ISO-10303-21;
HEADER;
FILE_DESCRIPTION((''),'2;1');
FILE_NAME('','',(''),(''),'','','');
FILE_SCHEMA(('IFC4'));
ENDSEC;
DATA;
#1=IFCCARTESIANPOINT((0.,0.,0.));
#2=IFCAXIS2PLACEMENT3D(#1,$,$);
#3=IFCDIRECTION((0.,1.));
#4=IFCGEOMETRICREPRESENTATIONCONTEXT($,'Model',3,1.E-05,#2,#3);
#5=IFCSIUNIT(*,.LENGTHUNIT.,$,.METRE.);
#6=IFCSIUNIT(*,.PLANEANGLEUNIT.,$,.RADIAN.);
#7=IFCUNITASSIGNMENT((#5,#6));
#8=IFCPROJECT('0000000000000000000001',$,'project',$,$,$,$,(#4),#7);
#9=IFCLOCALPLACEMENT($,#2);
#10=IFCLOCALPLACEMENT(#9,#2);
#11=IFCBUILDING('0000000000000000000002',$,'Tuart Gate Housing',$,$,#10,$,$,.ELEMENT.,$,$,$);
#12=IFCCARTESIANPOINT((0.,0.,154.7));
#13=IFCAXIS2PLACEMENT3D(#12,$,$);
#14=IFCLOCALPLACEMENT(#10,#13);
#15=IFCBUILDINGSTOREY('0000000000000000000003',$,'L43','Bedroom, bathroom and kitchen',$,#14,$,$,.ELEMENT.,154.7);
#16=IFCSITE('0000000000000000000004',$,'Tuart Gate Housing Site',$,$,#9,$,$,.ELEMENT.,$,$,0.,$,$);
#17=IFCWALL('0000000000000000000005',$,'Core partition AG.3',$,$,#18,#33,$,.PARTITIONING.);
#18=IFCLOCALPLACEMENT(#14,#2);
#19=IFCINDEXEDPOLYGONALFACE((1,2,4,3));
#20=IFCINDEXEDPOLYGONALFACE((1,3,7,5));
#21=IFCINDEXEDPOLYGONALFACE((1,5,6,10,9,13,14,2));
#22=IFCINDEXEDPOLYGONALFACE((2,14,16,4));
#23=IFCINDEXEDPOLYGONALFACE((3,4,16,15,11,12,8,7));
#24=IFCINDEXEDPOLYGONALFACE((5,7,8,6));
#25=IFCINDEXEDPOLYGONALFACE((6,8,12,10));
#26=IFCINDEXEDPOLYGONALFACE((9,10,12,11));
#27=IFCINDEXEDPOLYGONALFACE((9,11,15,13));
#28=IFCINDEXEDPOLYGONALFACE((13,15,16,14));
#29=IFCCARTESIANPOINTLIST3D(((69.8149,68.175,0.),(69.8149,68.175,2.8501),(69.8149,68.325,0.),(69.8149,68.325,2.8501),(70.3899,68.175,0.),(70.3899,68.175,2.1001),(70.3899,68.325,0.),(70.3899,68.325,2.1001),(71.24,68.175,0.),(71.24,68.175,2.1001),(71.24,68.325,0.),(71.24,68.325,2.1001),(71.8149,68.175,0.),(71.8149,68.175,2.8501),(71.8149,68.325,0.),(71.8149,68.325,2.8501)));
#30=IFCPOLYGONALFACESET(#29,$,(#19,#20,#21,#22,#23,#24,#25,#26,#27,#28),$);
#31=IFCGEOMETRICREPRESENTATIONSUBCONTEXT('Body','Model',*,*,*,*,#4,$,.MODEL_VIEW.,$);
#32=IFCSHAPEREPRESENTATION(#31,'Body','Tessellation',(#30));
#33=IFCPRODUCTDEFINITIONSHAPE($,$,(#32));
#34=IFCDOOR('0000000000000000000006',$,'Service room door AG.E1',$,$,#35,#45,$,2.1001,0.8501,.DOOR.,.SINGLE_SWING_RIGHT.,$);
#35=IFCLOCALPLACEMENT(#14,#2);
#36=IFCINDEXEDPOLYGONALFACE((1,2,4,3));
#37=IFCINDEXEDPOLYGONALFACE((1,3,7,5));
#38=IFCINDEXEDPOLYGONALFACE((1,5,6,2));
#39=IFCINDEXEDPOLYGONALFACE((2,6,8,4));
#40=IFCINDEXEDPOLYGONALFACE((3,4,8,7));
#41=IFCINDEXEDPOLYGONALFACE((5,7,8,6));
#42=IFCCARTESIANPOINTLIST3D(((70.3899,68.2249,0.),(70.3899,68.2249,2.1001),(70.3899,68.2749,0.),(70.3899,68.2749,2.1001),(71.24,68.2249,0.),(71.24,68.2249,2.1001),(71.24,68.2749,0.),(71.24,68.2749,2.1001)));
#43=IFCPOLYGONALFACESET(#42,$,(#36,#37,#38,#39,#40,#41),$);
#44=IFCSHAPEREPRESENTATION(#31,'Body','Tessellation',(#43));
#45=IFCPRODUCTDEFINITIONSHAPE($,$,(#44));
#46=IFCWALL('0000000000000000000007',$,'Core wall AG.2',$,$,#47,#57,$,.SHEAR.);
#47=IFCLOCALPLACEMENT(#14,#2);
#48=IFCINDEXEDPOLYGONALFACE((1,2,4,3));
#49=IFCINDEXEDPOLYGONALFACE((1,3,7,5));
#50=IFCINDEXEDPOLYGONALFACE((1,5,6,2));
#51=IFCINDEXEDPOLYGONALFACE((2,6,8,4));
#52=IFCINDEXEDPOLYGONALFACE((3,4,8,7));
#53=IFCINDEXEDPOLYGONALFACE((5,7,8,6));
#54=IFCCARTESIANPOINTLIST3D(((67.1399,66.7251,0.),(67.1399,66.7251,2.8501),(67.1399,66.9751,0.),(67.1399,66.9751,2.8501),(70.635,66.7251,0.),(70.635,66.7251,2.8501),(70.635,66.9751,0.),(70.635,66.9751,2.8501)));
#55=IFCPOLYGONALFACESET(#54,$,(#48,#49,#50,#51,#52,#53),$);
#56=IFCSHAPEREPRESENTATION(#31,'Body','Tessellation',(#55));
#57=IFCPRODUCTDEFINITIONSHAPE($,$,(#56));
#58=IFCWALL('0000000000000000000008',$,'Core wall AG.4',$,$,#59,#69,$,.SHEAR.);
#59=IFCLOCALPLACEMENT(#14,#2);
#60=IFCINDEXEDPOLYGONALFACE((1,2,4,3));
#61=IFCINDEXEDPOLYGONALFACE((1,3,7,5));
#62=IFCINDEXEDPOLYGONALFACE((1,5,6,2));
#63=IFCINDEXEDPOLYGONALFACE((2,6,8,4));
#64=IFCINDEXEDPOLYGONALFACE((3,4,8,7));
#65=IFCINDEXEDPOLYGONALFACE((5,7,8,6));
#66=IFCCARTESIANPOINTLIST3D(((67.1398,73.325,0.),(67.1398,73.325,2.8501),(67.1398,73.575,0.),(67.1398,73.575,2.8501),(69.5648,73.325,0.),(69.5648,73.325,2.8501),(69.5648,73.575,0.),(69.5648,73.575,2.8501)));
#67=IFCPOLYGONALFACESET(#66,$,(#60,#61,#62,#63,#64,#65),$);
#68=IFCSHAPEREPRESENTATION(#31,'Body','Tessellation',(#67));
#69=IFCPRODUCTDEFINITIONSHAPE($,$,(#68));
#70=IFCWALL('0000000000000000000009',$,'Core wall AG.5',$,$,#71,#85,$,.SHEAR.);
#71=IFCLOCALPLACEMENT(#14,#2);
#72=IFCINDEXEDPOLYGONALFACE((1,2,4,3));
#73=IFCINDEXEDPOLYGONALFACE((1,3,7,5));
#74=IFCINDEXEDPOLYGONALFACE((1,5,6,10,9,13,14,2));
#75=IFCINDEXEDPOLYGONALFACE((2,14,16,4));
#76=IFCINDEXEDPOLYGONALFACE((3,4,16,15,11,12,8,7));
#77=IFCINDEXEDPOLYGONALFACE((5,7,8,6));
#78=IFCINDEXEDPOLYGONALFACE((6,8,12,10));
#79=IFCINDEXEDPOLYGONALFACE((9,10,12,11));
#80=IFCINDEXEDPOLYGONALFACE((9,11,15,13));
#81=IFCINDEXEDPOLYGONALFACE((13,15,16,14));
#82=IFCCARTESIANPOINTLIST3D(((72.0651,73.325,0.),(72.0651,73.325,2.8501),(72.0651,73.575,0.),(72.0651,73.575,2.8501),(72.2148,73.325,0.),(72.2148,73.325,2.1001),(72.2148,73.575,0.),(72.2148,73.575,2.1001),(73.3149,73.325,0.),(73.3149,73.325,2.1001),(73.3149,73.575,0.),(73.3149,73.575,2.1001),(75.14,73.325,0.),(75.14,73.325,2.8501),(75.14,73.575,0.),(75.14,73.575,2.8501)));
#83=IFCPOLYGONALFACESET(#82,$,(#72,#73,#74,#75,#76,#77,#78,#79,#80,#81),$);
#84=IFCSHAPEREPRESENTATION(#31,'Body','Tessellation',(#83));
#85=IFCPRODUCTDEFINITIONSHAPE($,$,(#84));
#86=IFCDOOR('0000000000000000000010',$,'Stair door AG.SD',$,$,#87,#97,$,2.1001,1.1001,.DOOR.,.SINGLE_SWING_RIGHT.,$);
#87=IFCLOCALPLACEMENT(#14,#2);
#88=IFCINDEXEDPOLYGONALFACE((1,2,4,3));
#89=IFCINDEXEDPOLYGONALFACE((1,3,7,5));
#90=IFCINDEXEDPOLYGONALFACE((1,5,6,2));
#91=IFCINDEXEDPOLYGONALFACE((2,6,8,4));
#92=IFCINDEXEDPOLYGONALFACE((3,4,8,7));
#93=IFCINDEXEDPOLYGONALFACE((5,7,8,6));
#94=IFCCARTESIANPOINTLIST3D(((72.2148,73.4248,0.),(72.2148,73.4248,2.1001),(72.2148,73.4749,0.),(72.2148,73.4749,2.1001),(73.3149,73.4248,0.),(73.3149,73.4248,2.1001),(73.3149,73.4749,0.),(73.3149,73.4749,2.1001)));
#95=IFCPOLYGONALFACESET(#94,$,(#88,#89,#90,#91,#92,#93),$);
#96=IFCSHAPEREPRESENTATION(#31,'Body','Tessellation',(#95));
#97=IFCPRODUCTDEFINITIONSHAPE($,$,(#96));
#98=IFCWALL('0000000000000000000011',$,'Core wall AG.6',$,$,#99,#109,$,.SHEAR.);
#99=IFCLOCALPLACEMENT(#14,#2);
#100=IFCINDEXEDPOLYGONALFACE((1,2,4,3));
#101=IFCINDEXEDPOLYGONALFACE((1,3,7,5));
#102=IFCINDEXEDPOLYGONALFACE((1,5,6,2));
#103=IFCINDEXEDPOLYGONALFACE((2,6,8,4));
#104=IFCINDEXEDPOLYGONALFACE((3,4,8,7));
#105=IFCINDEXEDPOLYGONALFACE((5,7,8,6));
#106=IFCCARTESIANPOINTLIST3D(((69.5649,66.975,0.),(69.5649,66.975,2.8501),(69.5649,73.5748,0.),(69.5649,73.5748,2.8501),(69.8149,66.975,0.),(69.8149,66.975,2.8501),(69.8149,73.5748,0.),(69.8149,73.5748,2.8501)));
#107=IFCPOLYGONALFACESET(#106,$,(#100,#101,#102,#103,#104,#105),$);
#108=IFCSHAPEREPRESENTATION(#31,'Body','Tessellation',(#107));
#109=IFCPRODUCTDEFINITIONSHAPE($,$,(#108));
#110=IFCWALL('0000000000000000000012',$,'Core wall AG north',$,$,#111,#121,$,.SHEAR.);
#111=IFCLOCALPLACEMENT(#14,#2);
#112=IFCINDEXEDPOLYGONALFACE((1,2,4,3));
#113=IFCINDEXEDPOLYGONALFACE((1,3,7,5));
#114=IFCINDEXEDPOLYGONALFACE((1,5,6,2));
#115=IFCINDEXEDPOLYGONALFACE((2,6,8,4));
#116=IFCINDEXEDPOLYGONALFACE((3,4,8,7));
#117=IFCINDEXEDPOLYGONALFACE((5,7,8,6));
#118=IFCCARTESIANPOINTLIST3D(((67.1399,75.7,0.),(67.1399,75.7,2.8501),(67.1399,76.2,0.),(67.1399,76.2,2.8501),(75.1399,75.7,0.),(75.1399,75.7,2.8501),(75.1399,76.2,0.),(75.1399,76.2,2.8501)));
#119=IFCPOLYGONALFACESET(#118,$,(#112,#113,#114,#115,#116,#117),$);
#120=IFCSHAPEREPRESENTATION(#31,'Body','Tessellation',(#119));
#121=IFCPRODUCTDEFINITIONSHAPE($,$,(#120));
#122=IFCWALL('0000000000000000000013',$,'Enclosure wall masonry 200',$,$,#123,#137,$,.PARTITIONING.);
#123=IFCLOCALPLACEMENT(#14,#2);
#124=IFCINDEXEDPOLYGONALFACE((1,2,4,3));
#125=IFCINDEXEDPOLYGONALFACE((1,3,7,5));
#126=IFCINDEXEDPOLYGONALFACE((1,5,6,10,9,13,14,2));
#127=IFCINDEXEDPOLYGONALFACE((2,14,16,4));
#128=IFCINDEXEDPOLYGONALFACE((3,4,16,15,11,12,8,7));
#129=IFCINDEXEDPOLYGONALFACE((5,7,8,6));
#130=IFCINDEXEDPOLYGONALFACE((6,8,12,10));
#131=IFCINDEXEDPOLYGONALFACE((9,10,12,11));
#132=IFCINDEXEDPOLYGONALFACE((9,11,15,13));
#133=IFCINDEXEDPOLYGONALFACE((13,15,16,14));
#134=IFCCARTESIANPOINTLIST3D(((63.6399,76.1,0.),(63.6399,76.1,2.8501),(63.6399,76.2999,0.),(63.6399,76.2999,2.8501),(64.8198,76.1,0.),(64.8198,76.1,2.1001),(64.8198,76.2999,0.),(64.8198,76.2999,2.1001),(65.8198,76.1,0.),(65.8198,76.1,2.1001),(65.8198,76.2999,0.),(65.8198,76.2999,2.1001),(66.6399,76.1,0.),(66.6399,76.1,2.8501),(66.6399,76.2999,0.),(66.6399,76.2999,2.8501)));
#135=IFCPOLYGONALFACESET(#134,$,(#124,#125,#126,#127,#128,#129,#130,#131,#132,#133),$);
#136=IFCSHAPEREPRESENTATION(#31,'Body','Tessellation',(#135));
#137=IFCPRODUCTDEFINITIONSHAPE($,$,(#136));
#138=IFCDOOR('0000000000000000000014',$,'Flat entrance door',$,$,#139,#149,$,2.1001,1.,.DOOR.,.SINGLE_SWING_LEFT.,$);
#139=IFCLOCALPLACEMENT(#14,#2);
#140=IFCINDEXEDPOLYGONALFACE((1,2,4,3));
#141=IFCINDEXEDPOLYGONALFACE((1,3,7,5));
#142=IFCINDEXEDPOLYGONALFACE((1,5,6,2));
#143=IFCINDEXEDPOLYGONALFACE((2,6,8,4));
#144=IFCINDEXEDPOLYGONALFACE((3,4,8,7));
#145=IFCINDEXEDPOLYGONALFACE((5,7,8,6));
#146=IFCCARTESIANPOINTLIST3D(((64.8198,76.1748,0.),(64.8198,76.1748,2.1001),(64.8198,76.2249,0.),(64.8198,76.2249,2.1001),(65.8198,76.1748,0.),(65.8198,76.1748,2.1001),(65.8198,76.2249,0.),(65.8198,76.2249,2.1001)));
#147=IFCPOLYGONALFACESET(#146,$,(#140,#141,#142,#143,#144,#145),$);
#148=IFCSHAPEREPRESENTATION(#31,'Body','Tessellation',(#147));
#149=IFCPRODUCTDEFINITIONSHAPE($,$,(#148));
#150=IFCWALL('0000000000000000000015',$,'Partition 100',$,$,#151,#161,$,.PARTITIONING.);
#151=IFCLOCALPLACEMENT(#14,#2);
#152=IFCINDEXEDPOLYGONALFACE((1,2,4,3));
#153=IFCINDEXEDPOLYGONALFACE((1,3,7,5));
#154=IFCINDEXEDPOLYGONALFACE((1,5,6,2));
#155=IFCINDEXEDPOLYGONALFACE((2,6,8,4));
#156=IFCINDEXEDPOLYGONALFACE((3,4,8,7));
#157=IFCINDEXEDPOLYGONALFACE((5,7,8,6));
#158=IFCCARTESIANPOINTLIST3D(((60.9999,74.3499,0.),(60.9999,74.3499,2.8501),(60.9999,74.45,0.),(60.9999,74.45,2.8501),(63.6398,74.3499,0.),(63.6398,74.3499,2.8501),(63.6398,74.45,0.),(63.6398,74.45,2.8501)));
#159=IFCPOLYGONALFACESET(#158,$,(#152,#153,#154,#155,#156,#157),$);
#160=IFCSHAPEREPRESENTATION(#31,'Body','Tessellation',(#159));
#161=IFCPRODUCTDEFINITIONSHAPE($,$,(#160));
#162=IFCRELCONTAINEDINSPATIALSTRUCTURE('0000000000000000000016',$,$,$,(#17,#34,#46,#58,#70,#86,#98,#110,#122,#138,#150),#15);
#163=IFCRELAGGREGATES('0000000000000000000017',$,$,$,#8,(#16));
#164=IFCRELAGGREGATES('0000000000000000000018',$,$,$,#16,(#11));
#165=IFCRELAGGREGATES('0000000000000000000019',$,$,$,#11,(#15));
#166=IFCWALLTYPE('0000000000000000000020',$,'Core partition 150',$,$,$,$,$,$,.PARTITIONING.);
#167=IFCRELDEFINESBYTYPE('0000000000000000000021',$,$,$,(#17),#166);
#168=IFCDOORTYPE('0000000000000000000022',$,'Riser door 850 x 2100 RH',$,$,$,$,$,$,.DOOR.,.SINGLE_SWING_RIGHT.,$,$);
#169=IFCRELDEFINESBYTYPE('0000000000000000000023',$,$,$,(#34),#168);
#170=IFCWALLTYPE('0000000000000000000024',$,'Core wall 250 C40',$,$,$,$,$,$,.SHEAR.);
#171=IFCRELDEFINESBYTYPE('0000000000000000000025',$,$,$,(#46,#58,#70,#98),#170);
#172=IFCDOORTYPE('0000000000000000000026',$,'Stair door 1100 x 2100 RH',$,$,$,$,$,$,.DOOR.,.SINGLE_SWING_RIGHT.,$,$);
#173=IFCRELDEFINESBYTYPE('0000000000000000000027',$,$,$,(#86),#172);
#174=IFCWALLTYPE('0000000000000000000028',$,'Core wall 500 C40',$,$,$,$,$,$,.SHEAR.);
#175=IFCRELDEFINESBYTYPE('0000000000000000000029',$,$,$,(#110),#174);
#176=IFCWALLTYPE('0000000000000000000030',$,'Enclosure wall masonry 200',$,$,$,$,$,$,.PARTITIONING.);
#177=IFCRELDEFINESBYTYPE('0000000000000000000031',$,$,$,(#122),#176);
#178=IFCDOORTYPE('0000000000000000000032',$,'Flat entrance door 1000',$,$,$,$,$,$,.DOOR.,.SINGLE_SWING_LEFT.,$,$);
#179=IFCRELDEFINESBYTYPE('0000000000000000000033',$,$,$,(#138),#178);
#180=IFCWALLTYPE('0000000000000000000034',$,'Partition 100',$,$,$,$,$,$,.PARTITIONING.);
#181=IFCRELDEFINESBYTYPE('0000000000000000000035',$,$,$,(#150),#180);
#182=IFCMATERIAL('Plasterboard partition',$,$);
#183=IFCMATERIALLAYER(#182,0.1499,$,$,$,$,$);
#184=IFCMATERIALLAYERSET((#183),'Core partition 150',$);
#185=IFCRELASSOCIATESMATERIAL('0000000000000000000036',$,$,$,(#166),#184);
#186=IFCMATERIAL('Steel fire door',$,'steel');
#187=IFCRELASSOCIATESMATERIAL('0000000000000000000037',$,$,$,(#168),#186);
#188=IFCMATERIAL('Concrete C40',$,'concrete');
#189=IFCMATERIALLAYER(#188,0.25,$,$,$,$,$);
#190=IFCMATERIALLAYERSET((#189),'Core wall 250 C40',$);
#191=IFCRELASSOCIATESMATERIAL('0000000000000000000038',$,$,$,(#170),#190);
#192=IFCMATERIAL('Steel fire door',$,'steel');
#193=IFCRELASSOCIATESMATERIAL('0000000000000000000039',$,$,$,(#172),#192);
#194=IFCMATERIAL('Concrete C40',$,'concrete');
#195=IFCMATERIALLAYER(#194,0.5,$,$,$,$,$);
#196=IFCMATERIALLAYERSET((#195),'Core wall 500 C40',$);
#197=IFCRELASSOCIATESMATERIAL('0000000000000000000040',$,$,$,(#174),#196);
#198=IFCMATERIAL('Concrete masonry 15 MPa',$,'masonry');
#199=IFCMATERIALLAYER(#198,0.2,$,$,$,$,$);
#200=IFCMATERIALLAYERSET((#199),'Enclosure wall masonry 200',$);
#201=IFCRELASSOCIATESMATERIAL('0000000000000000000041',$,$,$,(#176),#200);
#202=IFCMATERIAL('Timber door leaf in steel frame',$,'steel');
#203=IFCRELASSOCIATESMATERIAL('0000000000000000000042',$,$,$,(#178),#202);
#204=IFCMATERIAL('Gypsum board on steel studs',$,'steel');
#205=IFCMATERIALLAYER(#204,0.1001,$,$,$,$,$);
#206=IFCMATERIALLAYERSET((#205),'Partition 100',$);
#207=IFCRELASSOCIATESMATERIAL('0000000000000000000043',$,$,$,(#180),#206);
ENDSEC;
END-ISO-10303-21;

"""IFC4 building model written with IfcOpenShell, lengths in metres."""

from ifc_helpers import new_model, si_unit, direction, frame, frame_2d, origin, place, context, subcontext, project, spatial, rectangle, extrude, material, layer, layer_set, type_object, element, fill, save


model = new_model("IFC4")

# Units and contexts
model_context = context("Model", 3, precision=1e-05, world=origin(), true_north=direction((0.0, 1.0)))
body_context = subcontext(model_context, "Body", "Model", "MODEL_VIEW")
ifc_project = project(units=[si_unit("LENGTHUNIT", "METRE"), si_unit("PLANEANGLEUNIT", "RADIAN")], contexts=[model_context])

# Site, building, storey
site_placement = place(None, origin())
site = spatial("IfcSite", under=ifc_project, at=site_placement, Name="Tuart Gate Housing Site", CompositionType="ELEMENT", RefElevation=0.0)
building_placement = place(site_placement, origin())
building = spatial("IfcBuilding", under=site, at=building_placement, Name="Tuart Gate Housing", CompositionType="ELEMENT")
storey_placement = place(building_placement, frame((0.0, 0.0, 154.7)))
storey = spatial("IfcBuildingStorey", under=building, at=storey_placement, Name="L43", Description="Bedroom, bathroom and kitchen", CompositionType="ELEMENT", Elevation=154.7)

# Wall, opening, door
ifc_material_1 = material(Name="Plasterboard partition")
ifc_layer_1 = layer(ifc_material_1, 0.1499)
ifc_layer_set_1 = layer_set([ifc_layer_1], Name="Core partition 150")
wall_type_1 = type_object("IfcWallType", Name="Core partition 150", PredefinedType="PARTITIONING", material=ifc_layer_set_1)
wall_1_placement = place(storey_placement, frame((69.8149, 68.25, 0.0), z_axis=(0.0, 0.0, 1.0), x_axis=(1.0, 0.0, 0.0)))
wall_1 = element("IfcWall", 1, at=wall_1_placement, inside=storey, type_object=wall_type_1, Name="Core partition AG.3", PredefinedType="PARTITIONING", context=body_context, shape_type="SweptSolid", body=[
    extrude(rectangle(XDim=2.0, YDim=0.1499, at=frame_2d((1.0, 0.0))), origin(), (0.0, 0.0, 1.0), 2.8501),
])
opening_1_placement = place(wall_1_placement, frame((0.575, 0.0, 0.0)))
opening_1 = element("IfcOpeningElement", 2, at=opening_1_placement, cuts=wall_1, PredefinedType="OPENING", context=body_context, shape_type="SweptSolid", body=[
    extrude(rectangle(XDim=0.8501, YDim=2.1001, at=frame_2d((0.425, 1.05))), frame((0.0, 0.085, 0.0), z_axis=(0.0, -1.0, 0.0), x_axis=(1.0, 0.0, 0.0)), (0.0, 0.0, 1.0), 0.1699),
])
ifc_material_2 = material(Name="Steel fire door", Category="steel")
door_type_1 = type_object("IfcDoorType", Name="Riser door 850 x 2100 RH", OperationType="SINGLE_SWING_RIGHT", PredefinedType="DOOR", material=ifc_material_2)
door_1_placement = place(opening_1_placement, frame((0.8501, 0.0, 0.0), z_axis=(0.0, 0.0, 1.0), x_axis=(-1.0, 0.0, 0.0)))
door_1 = element("IfcDoor", 3, at=door_1_placement, inside=storey, type_object=door_type_1, Name="Service room door AG.E1", OperationType="SINGLE_SWING_RIGHT", OverallHeight=2.1001, OverallWidth=0.8501, PredefinedType="DOOR", context=body_context, shape_type="SweptSolid", body=[
    extrude(rectangle(XDim=0.8501, YDim=2.1001, at=frame_2d((0.425, 1.05))), frame((0.0, 0.0251, 0.0), z_axis=(0.0, -1.0, 0.0), x_axis=(1.0, 0.0, 0.0)), (0.0, 0.0, 1.0), 0.05),
])
fill(opening_1, door_1)

# Walls
ifc_material_3 = material(Name="Concrete C40", Category="concrete")
ifc_layer_2 = layer(ifc_material_3, 0.25)
ifc_layer_set_2 = layer_set([ifc_layer_2], Name="Core wall 250 C40")
wall_type_2 = type_object("IfcWallType", Name="Core wall 250 C40", PredefinedType="SHEAR", material=ifc_layer_set_2)
wall_2_placement = place(storey_placement, frame((67.1399, 66.8501, 0.0), z_axis=(0.0, 0.0, 1.0), x_axis=(1.0, 0.0, 0.0)))
element("IfcWall", 4, at=wall_2_placement, inside=storey, type_object=wall_type_2, Name="Core wall AG.2", PredefinedType="SHEAR", context=body_context, shape_type="SweptSolid", body=[
    extrude(rectangle(XDim=3.4951, YDim=0.25, at=frame_2d((1.7476, 0.0))), origin(), (0.0, 0.0, 1.0), 2.8501),
])
wall_3_placement = place(storey_placement, frame((67.1399, 73.45, 0.0), z_axis=(0.0, 0.0, 1.0), x_axis=(1.0, 0.0, 0.0)))
element("IfcWall", 5, at=wall_3_placement, inside=storey, type_object=wall_type_2, Name="Core wall AG.4", PredefinedType="SHEAR", context=body_context, shape_type="SweptSolid", body=[
    extrude(rectangle(XDim=2.425, YDim=0.25, at=frame_2d((1.2124, 0.0))), origin(), (0.0, 0.0, 1.0), 2.8501),
])

# Wall, opening, door
wall_4_placement = place(storey_placement, frame((72.0649, 73.45, 0.0), z_axis=(0.0, 0.0, 1.0), x_axis=(1.0, 0.0, 0.0)))
wall_4 = element("IfcWall", 6, at=wall_4_placement, inside=storey, type_object=wall_type_2, Name="Core wall AG.5", PredefinedType="SHEAR", context=body_context, shape_type="SweptSolid", body=[
    extrude(rectangle(XDim=3.075, YDim=0.25, at=frame_2d((1.5376, 0.0))), origin(), (0.0, 0.0, 1.0), 2.8501),
])
opening_2_placement = place(wall_4_placement, frame((0.1499, 0.0, 0.0)))
opening_2 = element("IfcOpeningElement", 7, at=opening_2_placement, cuts=wall_4, PredefinedType="OPENING", context=body_context, shape_type="SweptSolid", body=[
    extrude(rectangle(XDim=1.1001, YDim=2.1001, at=frame_2d((0.55, 1.05))), frame((0.0, 0.135, 0.0), z_axis=(0.0, -1.0, 0.0), x_axis=(1.0, 0.0, 0.0)), (0.0, 0.0, 1.0), 0.27),
])
ifc_material_4 = material(Name="Steel fire door", Category="steel")
door_type_2 = type_object("IfcDoorType", Name="Stair door 1100 x 2100 RH", OperationType="SINGLE_SWING_RIGHT", PredefinedType="DOOR", material=ifc_material_4)
door_2_placement = place(opening_2_placement, frame((1.1001, 0.0, 0.0), z_axis=(0.0, 0.0, 1.0), x_axis=(-1.0, 0.0, 0.0)))
door_2 = element("IfcDoor", 8, at=door_2_placement, inside=storey, type_object=door_type_2, Name="Stair door AG.SD", OperationType="SINGLE_SWING_RIGHT", OverallHeight=2.1001, OverallWidth=1.1001, PredefinedType="DOOR", context=body_context, shape_type="SweptSolid", body=[
    extrude(rectangle(XDim=1.1001, YDim=2.1001, at=frame_2d((0.55, 1.05))), frame((0.0, 0.0251, 0.0), z_axis=(0.0, -1.0, 0.0), x_axis=(1.0, 0.0, 0.0)), (0.0, 0.0, 1.0), 0.05),
])
fill(opening_2, door_2)

# Walls
wall_5_placement = place(storey_placement, frame((69.6899, 66.9751, 0.0), z_axis=(0.0, 0.0, 1.0), x_axis=(0.0, 1.0, 0.0)))
element("IfcWall", 9, at=wall_5_placement, inside=storey, type_object=wall_type_2, Name="Core wall AG.6", PredefinedType="SHEAR", context=body_context, shape_type="SweptSolid", body=[
    extrude(rectangle(XDim=6.5999, YDim=0.25, at=frame_2d((3.2998, 0.0))), origin(), (0.0, 0.0, 1.0), 2.8501),
])
ifc_material_5 = material(Name="Concrete C40", Category="concrete")
ifc_layer_3 = layer(ifc_material_5, 0.5)
ifc_layer_set_3 = layer_set([ifc_layer_3], Name="Core wall 500 C40")
wall_type_3 = type_object("IfcWallType", Name="Core wall 500 C40", PredefinedType="SHEAR", material=ifc_layer_set_3)
wall_6_placement = place(storey_placement, frame((67.1399, 75.95, 0.0), z_axis=(0.0, 0.0, 1.0), x_axis=(1.0, 0.0, 0.0)))
element("IfcWall", 10, at=wall_6_placement, inside=storey, type_object=wall_type_3, Name="Core wall AG north", PredefinedType="SHEAR", context=body_context, shape_type="SweptSolid", body=[
    extrude(rectangle(XDim=8.0, YDim=0.5, at=frame_2d((4.0, 0.0))), origin(), (0.0, 0.0, 1.0), 2.8501),
])

# Wall, opening, door
ifc_material_6 = material(Name="Concrete masonry 15 MPa", Category="masonry")
ifc_layer_4 = layer(ifc_material_6, 0.2)
ifc_layer_set_4 = layer_set([ifc_layer_4], Name="Enclosure wall masonry 200")
wall_type_4 = type_object("IfcWallType", Name="Enclosure wall masonry 200", PredefinedType="PARTITIONING", material=ifc_layer_set_4)
wall_7_placement = place(storey_placement, frame((63.6399, 76.2, 0.0), z_axis=(0.0, 0.0, 1.0), x_axis=(1.0, 0.0, 0.0)))
wall_7 = element("IfcWall", 11, at=wall_7_placement, inside=storey, type_object=wall_type_4, Name="Enclosure wall masonry 200", PredefinedType="PARTITIONING", context=body_context, shape_type="SweptSolid", body=[
    extrude(rectangle(XDim=3.0, YDim=0.2, at=frame_2d((1.5, 0.0))), origin(), (0.0, 0.0, 1.0), 2.8501),
])
opening_3_placement = place(wall_7_placement, frame((1.1799, 0.0, 0.0)))
opening_3 = element("IfcOpeningElement", 12, at=opening_3_placement, cuts=wall_7, PredefinedType="OPENING", context=body_context, shape_type="SweptSolid", body=[
    extrude(rectangle(XDim=1.0, YDim=2.1001, at=frame_2d((0.5, 1.05))), frame((0.0, 0.1099, 0.0), z_axis=(0.0, -1.0, 0.0), x_axis=(1.0, 0.0, 0.0)), (0.0, 0.0, 1.0), 0.22),
])
ifc_material_7 = material(Name="Timber door leaf in steel frame", Category="steel")
door_type_3 = type_object("IfcDoorType", Name="Flat entrance door 1000", OperationType="SINGLE_SWING_LEFT", PredefinedType="DOOR", material=ifc_material_7)
door_3_placement = place(opening_3_placement, origin())
door_3 = element("IfcDoor", 13, at=door_3_placement, inside=storey, type_object=door_type_3, Name="Flat entrance door", OperationType="SINGLE_SWING_LEFT", OverallHeight=2.1001, OverallWidth=1.0, PredefinedType="DOOR", context=body_context, shape_type="SweptSolid", body=[
    extrude(rectangle(XDim=1.0, YDim=2.1001, at=frame_2d((0.5, 1.05))), frame((0.0, 0.0249, 0.0), z_axis=(0.0, -1.0, 0.0), x_axis=(1.0, 0.0, 0.0)), (0.0, 0.0, 1.0), 0.05),
])
fill(opening_3, door_3)

# Wall
ifc_material_8 = material(Name="Gypsum board on steel studs", Category="steel")
ifc_layer_5 = layer(ifc_material_8, 0.1001)
ifc_layer_set_5 = layer_set([ifc_layer_5], Name="Partition 100")
wall_type_5 = type_object("IfcWallType", Name="Partition 100", PredefinedType="PARTITIONING", material=ifc_layer_set_5)
wall_8_placement = place(storey_placement, frame((61.0, 74.3999, 0.0), z_axis=(0.0, 0.0, 1.0), x_axis=(1.0, 0.0, 0.0)))
element("IfcWall", 14, at=wall_8_placement, inside=storey, type_object=wall_type_5, Name="Partition 100", PredefinedType="PARTITIONING", context=body_context, shape_type="SweptSolid", body=[
    extrude(rectangle(XDim=2.6399, YDim=0.1001, at=frame_2d((1.3198, 0.0))), origin(), (0.0, 0.0, 1.0), 2.8501),
])

save(model, "model.ifc")
